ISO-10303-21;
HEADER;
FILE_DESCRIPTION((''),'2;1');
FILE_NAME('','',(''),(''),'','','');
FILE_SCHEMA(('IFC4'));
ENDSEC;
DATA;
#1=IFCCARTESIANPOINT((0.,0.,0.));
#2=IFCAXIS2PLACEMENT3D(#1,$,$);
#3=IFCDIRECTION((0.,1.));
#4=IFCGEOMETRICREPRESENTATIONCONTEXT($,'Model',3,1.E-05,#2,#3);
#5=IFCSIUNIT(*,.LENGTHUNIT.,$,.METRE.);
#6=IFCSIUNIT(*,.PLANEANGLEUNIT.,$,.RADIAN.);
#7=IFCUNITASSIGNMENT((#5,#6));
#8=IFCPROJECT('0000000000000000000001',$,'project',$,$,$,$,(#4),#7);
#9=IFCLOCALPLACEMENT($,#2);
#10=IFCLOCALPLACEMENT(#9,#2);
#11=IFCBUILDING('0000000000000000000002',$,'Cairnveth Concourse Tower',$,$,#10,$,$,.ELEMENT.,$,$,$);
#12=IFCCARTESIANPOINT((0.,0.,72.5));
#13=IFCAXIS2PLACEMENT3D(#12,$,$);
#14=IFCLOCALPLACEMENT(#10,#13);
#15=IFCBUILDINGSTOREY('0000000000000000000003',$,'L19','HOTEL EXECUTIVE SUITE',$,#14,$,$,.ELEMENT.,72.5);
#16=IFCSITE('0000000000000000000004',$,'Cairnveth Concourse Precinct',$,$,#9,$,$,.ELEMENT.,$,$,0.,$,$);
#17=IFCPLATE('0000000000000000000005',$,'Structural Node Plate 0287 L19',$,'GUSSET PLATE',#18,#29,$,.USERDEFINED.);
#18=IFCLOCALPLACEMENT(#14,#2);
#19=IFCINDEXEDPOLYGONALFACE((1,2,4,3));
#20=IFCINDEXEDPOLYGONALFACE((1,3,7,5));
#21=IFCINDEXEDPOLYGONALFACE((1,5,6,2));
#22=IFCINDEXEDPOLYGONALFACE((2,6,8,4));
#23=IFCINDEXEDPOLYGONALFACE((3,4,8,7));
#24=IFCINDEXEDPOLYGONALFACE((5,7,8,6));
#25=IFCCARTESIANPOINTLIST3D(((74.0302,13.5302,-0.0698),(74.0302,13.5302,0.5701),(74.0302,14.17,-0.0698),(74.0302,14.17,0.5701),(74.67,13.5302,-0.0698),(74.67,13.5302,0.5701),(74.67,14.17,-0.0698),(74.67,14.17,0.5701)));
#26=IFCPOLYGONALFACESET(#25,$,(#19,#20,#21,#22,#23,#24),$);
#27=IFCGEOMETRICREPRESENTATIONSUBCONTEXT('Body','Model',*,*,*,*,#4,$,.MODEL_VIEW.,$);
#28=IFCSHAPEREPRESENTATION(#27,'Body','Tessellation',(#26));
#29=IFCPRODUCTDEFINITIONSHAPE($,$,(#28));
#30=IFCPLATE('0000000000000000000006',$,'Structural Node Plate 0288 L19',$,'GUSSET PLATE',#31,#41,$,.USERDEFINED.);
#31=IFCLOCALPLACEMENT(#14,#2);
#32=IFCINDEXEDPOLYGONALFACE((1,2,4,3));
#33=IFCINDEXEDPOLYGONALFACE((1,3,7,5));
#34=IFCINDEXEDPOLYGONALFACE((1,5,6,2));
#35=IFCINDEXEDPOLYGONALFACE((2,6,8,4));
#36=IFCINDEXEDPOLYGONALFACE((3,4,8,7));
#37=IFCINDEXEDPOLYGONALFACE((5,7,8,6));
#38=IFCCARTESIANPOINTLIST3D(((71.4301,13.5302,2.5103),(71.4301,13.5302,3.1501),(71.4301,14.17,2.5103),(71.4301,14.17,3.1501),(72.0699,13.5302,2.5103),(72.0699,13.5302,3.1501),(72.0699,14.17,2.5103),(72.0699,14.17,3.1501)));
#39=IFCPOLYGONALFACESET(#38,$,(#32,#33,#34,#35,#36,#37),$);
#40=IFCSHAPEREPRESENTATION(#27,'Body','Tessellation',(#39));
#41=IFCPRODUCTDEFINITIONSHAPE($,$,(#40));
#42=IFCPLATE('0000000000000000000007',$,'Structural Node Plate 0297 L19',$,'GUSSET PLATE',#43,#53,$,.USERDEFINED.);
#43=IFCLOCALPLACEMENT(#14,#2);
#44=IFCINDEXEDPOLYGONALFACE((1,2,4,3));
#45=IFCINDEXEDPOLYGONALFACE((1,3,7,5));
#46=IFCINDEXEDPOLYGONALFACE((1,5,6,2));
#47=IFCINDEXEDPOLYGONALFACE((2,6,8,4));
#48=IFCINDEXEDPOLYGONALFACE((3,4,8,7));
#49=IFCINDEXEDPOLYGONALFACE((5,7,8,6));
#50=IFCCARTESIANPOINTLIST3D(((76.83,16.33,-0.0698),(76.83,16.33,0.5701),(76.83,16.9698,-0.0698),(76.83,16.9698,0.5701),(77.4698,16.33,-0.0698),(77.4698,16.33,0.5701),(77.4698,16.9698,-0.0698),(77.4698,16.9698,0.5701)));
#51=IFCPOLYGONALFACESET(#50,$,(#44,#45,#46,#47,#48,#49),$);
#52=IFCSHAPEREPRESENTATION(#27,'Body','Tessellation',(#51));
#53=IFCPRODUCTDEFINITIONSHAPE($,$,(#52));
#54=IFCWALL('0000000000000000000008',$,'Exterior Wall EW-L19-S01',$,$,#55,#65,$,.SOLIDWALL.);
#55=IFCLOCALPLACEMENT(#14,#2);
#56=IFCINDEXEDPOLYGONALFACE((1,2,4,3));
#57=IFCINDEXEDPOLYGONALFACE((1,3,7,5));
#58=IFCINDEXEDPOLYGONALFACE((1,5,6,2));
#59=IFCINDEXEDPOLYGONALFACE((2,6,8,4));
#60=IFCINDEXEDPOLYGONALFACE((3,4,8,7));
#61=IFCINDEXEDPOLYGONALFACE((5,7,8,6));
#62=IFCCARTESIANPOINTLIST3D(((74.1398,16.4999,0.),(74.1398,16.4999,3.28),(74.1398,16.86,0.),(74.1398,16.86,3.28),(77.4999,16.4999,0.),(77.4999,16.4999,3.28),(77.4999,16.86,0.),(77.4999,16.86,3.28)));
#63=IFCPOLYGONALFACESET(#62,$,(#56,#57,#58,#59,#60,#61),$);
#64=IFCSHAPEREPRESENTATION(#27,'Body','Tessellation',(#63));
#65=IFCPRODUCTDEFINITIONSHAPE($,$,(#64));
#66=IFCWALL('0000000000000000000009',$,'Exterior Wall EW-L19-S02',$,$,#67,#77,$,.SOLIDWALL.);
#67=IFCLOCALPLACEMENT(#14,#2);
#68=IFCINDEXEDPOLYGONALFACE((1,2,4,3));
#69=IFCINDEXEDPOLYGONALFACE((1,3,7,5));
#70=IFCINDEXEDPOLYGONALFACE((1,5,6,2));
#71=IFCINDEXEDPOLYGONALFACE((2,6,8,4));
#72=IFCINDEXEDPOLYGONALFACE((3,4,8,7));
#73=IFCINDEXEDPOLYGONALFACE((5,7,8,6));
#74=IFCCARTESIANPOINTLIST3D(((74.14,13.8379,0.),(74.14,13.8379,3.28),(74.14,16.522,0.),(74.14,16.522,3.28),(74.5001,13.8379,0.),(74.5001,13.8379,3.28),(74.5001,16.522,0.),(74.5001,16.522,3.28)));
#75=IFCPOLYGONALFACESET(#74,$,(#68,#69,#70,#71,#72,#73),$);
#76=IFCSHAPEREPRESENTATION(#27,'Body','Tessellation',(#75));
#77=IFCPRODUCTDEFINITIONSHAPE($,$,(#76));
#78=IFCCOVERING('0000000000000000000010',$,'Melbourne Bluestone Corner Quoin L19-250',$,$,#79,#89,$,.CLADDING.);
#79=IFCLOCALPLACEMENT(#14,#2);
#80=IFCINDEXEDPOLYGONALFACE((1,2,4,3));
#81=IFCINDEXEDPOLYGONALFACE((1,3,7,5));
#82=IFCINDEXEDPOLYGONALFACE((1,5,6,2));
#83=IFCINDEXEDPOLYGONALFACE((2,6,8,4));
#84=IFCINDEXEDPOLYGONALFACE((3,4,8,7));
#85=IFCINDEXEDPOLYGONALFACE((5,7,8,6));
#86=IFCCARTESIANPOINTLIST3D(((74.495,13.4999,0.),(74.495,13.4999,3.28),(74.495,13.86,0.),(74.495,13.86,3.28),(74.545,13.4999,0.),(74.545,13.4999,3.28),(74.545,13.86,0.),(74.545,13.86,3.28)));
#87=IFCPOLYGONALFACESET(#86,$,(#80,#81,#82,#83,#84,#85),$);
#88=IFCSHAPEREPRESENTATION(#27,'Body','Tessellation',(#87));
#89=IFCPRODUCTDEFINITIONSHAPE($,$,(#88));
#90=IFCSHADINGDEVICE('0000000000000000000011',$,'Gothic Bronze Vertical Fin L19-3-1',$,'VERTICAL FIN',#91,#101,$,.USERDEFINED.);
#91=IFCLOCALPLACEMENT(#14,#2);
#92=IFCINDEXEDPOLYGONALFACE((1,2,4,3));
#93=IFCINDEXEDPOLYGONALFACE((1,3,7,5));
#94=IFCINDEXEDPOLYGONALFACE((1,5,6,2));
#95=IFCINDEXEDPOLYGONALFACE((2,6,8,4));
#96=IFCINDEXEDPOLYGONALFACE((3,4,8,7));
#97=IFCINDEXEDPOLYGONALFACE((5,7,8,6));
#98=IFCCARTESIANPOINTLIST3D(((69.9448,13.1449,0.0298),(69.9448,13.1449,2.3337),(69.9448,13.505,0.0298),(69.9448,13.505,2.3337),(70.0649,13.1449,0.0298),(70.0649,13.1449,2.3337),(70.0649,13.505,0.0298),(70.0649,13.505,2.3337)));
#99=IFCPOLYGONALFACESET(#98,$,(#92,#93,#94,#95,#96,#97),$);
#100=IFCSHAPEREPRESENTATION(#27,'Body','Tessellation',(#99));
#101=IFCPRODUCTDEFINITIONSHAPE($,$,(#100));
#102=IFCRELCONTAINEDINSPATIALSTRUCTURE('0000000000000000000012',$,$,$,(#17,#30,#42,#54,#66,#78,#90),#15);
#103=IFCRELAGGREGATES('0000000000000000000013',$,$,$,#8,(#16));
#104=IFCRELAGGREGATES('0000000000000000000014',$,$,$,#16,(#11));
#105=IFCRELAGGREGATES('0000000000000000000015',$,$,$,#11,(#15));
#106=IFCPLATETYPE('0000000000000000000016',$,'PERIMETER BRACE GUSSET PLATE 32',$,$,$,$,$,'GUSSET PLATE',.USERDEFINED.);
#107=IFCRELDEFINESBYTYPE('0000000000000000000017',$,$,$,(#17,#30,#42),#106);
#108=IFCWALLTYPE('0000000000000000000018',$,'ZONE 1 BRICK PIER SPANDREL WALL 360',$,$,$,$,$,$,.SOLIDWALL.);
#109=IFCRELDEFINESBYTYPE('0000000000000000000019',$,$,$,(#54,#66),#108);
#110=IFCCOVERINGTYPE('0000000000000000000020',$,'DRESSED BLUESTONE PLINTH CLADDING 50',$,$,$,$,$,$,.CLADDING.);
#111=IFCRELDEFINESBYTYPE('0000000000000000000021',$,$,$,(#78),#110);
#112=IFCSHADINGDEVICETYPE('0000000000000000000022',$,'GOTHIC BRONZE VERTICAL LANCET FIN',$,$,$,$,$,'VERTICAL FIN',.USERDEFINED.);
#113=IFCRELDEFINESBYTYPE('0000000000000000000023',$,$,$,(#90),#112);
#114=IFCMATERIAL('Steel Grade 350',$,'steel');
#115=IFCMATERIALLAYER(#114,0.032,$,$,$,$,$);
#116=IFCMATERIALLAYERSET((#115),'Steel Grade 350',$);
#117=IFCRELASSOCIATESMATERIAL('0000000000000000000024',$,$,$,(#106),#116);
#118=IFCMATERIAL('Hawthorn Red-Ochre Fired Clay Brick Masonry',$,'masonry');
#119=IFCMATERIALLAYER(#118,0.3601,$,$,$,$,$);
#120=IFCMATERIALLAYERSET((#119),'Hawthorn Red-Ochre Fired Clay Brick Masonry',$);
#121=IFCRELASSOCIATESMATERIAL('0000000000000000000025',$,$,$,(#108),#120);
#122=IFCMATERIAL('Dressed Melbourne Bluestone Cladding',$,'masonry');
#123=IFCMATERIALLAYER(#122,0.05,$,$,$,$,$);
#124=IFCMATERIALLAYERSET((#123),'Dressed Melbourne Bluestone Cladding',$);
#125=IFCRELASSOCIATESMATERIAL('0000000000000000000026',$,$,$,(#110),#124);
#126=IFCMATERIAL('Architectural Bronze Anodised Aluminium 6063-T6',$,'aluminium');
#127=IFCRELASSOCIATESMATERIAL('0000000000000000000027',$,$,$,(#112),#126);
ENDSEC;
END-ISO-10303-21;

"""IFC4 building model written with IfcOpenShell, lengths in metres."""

from ifc_helpers import new_model, si_unit, direction, frame, frame_2d, origin, origin_2d, place, context, subcontext, project, spatial, rectangle, extrude, material, layer, layer_set, type_object, element, save


model = new_model("IFC4")

# Units and contexts
model_context = context("Model", 3, precision=1e-05, world=origin(), true_north=direction((0.0, 1.0)))
body_context = subcontext(model_context, "Body", "Model", "MODEL_VIEW")
ifc_project = project(units=[si_unit("LENGTHUNIT", "METRE"), si_unit("PLANEANGLEUNIT", "RADIAN")], contexts=[model_context])

# Site, building, storey
site_placement = place(None, origin())
site = spatial("IfcSite", under=ifc_project, at=site_placement, Name="Cairnveth Concourse Precinct", CompositionType="ELEMENT", RefElevation=0.0)
building_placement = place(site_placement, origin())
building = spatial("IfcBuilding", under=site, at=building_placement, Name="Cairnveth Concourse Tower", CompositionType="ELEMENT")
storey_placement = place(building_placement, frame((0.0, 0.0, 72.5)))
storey = spatial("IfcBuildingStorey", under=building, at=storey_placement, Name="L19", Description="HOTEL EXECUTIVE SUITE", CompositionType="ELEMENT", Elevation=72.5)

# Shared definitions
ifc_material_1 = material(Name="Steel Grade 350", Category="steel")

# Plates
ifc_layer_1 = layer(ifc_material_1, 0.032)
ifc_layer_set_1 = layer_set([ifc_layer_1], Name="Steel Grade 350")
plate_type = type_object("IfcPlateType", Name="PERIMETER BRACE GUSSET PLATE 32", ElementType="GUSSET PLATE", PredefinedType="USERDEFINED", material=ifc_layer_set_1)
for number, where, z_axis, x_axis, name in (
    (1, (74.3501, 13.8501, -0.0698), (0.0, 0.0, 1.0), (1.0, 0.0, 0.0), "Structural Node Plate 0287 L19"),
    (2, (71.75, 13.8501, 2.5103), (0.0, 0.0, 1.0), (1.0, 0.0, 0.0), "Structural Node Plate 0288 L19"),
    (3, (77.1499, 16.6499, -0.0698), (0.0, 0.0, 1.0), (1.0, 0.0, 0.0), "Structural Node Plate 0297 L19"),
):
    element("IfcPlate", number, at=place(storey_placement, frame(where, z_axis=z_axis, x_axis=x_axis)), inside=storey, type_object=plate_type, Name=name, ObjectType="GUSSET PLATE", PredefinedType="USERDEFINED", context=body_context, shape_type="SweptSolid", body=[
        extrude(rectangle(XDim=0.6399, YDim=0.6399, at=origin_2d()), origin(), (0.0, 0.0, 1.0), 0.6399),
    ])

# Walls
ifc_material_2 = material(Name="Hawthorn Red-Ochre Fired Clay Brick Masonry", Category="masonry")
ifc_layer_2 = layer(ifc_material_2, 0.3601)
ifc_layer_set_2 = layer_set([ifc_layer_2], Name="Hawthorn Red-Ochre Fired Clay Brick Masonry")
wall_type = type_object("IfcWallType", Name="ZONE 1 BRICK PIER SPANDREL WALL 360", PredefinedType="SOLIDWALL", material=ifc_layer_set_2)
wall_1_placement = place(storey_placement, frame((77.5, 16.6799, 0.0), z_axis=(0.0, 0.0, 1.0), x_axis=(-1.0, 0.0, 0.0)))
element("IfcWall", 4, at=wall_1_placement, inside=storey, type_object=wall_type, Name="Exterior Wall EW-L19-S01", PredefinedType="SOLIDWALL", context=body_context, shape_type="SweptSolid", body=[
    extrude(rectangle(XDim=3.3601, YDim=0.3601, at=frame_2d((1.6802, 0.0))), origin(), (0.0, 0.0, 1.0), 3.28),
])
wall_2_placement = place(storey_placement, frame((74.3201, 16.522, 0.0), z_axis=(0.0, 0.0, 1.0), x_axis=(0.0, -1.0, 0.0)))
element("IfcWall", 5, at=wall_2_placement, inside=storey, type_object=wall_type, Name="Exterior Wall EW-L19-S02", PredefinedType="SOLIDWALL", context=body_context, shape_type="SweptSolid", body=[
    extrude(rectangle(XDim=2.6841, YDim=0.3601, at=frame_2d((1.342, 0.0))), origin(), (0.0, 0.0, 1.0), 3.28),
])

# Covering
ifc_material_3 = material(Name="Dressed Melbourne Bluestone Cladding", Category="masonry")
ifc_layer_3 = layer(ifc_material_3, 0.05)
ifc_layer_set_3 = layer_set([ifc_layer_3], Name="Dressed Melbourne Bluestone Cladding")
covering_type = type_object("IfcCoveringType", Name="DRESSED BLUESTONE PLINTH CLADDING 50", PredefinedType="CLADDING", material=ifc_layer_set_3)
covering_placement = place(storey_placement, frame((74.52, 13.8601, 0.0), z_axis=(0.0, 0.0, 1.0), x_axis=(0.0, -1.0, 0.0)))
element("IfcCovering", 6, at=covering_placement, inside=storey, type_object=covering_type, Name="Melbourne Bluestone Corner Quoin L19-250", PredefinedType="CLADDING", context=body_context, shape_type="SweptSolid", body=[
    extrude(rectangle(XDim=0.3601, YDim=0.05, at=frame_2d((0.1802, 0.0))), origin(), (0.0, 0.0, 1.0), 3.28),
])

# Shading device
ifc_material_4 = material(Name="Architectural Bronze Anodised Aluminium 6063-T6", Category="aluminium")
shading_device_type = type_object("IfcShadingDeviceType", Name="GOTHIC BRONZE VERTICAL LANCET FIN", ElementType="VERTICAL FIN", PredefinedType="USERDEFINED", material=ifc_material_4)
shading_device_placement = place(storey_placement, frame((70.0049, 13.325, 0.0298), z_axis=(0.0, 0.0, 1.0), x_axis=(1.0, 0.0, 0.0)))
element("IfcShadingDevice", 7, at=shading_device_placement, inside=storey, type_object=shading_device_type, Name="Gothic Bronze Vertical Fin L19-3-1", ObjectType="VERTICAL FIN", PredefinedType="USERDEFINED", context=body_context, shape_type="SweptSolid", body=[
    extrude(rectangle(XDim=0.1201, YDim=0.3601, at=origin_2d()), origin(), (0.0, 0.0, 1.0), 2.304),
])

save(model, "model.ifc")
